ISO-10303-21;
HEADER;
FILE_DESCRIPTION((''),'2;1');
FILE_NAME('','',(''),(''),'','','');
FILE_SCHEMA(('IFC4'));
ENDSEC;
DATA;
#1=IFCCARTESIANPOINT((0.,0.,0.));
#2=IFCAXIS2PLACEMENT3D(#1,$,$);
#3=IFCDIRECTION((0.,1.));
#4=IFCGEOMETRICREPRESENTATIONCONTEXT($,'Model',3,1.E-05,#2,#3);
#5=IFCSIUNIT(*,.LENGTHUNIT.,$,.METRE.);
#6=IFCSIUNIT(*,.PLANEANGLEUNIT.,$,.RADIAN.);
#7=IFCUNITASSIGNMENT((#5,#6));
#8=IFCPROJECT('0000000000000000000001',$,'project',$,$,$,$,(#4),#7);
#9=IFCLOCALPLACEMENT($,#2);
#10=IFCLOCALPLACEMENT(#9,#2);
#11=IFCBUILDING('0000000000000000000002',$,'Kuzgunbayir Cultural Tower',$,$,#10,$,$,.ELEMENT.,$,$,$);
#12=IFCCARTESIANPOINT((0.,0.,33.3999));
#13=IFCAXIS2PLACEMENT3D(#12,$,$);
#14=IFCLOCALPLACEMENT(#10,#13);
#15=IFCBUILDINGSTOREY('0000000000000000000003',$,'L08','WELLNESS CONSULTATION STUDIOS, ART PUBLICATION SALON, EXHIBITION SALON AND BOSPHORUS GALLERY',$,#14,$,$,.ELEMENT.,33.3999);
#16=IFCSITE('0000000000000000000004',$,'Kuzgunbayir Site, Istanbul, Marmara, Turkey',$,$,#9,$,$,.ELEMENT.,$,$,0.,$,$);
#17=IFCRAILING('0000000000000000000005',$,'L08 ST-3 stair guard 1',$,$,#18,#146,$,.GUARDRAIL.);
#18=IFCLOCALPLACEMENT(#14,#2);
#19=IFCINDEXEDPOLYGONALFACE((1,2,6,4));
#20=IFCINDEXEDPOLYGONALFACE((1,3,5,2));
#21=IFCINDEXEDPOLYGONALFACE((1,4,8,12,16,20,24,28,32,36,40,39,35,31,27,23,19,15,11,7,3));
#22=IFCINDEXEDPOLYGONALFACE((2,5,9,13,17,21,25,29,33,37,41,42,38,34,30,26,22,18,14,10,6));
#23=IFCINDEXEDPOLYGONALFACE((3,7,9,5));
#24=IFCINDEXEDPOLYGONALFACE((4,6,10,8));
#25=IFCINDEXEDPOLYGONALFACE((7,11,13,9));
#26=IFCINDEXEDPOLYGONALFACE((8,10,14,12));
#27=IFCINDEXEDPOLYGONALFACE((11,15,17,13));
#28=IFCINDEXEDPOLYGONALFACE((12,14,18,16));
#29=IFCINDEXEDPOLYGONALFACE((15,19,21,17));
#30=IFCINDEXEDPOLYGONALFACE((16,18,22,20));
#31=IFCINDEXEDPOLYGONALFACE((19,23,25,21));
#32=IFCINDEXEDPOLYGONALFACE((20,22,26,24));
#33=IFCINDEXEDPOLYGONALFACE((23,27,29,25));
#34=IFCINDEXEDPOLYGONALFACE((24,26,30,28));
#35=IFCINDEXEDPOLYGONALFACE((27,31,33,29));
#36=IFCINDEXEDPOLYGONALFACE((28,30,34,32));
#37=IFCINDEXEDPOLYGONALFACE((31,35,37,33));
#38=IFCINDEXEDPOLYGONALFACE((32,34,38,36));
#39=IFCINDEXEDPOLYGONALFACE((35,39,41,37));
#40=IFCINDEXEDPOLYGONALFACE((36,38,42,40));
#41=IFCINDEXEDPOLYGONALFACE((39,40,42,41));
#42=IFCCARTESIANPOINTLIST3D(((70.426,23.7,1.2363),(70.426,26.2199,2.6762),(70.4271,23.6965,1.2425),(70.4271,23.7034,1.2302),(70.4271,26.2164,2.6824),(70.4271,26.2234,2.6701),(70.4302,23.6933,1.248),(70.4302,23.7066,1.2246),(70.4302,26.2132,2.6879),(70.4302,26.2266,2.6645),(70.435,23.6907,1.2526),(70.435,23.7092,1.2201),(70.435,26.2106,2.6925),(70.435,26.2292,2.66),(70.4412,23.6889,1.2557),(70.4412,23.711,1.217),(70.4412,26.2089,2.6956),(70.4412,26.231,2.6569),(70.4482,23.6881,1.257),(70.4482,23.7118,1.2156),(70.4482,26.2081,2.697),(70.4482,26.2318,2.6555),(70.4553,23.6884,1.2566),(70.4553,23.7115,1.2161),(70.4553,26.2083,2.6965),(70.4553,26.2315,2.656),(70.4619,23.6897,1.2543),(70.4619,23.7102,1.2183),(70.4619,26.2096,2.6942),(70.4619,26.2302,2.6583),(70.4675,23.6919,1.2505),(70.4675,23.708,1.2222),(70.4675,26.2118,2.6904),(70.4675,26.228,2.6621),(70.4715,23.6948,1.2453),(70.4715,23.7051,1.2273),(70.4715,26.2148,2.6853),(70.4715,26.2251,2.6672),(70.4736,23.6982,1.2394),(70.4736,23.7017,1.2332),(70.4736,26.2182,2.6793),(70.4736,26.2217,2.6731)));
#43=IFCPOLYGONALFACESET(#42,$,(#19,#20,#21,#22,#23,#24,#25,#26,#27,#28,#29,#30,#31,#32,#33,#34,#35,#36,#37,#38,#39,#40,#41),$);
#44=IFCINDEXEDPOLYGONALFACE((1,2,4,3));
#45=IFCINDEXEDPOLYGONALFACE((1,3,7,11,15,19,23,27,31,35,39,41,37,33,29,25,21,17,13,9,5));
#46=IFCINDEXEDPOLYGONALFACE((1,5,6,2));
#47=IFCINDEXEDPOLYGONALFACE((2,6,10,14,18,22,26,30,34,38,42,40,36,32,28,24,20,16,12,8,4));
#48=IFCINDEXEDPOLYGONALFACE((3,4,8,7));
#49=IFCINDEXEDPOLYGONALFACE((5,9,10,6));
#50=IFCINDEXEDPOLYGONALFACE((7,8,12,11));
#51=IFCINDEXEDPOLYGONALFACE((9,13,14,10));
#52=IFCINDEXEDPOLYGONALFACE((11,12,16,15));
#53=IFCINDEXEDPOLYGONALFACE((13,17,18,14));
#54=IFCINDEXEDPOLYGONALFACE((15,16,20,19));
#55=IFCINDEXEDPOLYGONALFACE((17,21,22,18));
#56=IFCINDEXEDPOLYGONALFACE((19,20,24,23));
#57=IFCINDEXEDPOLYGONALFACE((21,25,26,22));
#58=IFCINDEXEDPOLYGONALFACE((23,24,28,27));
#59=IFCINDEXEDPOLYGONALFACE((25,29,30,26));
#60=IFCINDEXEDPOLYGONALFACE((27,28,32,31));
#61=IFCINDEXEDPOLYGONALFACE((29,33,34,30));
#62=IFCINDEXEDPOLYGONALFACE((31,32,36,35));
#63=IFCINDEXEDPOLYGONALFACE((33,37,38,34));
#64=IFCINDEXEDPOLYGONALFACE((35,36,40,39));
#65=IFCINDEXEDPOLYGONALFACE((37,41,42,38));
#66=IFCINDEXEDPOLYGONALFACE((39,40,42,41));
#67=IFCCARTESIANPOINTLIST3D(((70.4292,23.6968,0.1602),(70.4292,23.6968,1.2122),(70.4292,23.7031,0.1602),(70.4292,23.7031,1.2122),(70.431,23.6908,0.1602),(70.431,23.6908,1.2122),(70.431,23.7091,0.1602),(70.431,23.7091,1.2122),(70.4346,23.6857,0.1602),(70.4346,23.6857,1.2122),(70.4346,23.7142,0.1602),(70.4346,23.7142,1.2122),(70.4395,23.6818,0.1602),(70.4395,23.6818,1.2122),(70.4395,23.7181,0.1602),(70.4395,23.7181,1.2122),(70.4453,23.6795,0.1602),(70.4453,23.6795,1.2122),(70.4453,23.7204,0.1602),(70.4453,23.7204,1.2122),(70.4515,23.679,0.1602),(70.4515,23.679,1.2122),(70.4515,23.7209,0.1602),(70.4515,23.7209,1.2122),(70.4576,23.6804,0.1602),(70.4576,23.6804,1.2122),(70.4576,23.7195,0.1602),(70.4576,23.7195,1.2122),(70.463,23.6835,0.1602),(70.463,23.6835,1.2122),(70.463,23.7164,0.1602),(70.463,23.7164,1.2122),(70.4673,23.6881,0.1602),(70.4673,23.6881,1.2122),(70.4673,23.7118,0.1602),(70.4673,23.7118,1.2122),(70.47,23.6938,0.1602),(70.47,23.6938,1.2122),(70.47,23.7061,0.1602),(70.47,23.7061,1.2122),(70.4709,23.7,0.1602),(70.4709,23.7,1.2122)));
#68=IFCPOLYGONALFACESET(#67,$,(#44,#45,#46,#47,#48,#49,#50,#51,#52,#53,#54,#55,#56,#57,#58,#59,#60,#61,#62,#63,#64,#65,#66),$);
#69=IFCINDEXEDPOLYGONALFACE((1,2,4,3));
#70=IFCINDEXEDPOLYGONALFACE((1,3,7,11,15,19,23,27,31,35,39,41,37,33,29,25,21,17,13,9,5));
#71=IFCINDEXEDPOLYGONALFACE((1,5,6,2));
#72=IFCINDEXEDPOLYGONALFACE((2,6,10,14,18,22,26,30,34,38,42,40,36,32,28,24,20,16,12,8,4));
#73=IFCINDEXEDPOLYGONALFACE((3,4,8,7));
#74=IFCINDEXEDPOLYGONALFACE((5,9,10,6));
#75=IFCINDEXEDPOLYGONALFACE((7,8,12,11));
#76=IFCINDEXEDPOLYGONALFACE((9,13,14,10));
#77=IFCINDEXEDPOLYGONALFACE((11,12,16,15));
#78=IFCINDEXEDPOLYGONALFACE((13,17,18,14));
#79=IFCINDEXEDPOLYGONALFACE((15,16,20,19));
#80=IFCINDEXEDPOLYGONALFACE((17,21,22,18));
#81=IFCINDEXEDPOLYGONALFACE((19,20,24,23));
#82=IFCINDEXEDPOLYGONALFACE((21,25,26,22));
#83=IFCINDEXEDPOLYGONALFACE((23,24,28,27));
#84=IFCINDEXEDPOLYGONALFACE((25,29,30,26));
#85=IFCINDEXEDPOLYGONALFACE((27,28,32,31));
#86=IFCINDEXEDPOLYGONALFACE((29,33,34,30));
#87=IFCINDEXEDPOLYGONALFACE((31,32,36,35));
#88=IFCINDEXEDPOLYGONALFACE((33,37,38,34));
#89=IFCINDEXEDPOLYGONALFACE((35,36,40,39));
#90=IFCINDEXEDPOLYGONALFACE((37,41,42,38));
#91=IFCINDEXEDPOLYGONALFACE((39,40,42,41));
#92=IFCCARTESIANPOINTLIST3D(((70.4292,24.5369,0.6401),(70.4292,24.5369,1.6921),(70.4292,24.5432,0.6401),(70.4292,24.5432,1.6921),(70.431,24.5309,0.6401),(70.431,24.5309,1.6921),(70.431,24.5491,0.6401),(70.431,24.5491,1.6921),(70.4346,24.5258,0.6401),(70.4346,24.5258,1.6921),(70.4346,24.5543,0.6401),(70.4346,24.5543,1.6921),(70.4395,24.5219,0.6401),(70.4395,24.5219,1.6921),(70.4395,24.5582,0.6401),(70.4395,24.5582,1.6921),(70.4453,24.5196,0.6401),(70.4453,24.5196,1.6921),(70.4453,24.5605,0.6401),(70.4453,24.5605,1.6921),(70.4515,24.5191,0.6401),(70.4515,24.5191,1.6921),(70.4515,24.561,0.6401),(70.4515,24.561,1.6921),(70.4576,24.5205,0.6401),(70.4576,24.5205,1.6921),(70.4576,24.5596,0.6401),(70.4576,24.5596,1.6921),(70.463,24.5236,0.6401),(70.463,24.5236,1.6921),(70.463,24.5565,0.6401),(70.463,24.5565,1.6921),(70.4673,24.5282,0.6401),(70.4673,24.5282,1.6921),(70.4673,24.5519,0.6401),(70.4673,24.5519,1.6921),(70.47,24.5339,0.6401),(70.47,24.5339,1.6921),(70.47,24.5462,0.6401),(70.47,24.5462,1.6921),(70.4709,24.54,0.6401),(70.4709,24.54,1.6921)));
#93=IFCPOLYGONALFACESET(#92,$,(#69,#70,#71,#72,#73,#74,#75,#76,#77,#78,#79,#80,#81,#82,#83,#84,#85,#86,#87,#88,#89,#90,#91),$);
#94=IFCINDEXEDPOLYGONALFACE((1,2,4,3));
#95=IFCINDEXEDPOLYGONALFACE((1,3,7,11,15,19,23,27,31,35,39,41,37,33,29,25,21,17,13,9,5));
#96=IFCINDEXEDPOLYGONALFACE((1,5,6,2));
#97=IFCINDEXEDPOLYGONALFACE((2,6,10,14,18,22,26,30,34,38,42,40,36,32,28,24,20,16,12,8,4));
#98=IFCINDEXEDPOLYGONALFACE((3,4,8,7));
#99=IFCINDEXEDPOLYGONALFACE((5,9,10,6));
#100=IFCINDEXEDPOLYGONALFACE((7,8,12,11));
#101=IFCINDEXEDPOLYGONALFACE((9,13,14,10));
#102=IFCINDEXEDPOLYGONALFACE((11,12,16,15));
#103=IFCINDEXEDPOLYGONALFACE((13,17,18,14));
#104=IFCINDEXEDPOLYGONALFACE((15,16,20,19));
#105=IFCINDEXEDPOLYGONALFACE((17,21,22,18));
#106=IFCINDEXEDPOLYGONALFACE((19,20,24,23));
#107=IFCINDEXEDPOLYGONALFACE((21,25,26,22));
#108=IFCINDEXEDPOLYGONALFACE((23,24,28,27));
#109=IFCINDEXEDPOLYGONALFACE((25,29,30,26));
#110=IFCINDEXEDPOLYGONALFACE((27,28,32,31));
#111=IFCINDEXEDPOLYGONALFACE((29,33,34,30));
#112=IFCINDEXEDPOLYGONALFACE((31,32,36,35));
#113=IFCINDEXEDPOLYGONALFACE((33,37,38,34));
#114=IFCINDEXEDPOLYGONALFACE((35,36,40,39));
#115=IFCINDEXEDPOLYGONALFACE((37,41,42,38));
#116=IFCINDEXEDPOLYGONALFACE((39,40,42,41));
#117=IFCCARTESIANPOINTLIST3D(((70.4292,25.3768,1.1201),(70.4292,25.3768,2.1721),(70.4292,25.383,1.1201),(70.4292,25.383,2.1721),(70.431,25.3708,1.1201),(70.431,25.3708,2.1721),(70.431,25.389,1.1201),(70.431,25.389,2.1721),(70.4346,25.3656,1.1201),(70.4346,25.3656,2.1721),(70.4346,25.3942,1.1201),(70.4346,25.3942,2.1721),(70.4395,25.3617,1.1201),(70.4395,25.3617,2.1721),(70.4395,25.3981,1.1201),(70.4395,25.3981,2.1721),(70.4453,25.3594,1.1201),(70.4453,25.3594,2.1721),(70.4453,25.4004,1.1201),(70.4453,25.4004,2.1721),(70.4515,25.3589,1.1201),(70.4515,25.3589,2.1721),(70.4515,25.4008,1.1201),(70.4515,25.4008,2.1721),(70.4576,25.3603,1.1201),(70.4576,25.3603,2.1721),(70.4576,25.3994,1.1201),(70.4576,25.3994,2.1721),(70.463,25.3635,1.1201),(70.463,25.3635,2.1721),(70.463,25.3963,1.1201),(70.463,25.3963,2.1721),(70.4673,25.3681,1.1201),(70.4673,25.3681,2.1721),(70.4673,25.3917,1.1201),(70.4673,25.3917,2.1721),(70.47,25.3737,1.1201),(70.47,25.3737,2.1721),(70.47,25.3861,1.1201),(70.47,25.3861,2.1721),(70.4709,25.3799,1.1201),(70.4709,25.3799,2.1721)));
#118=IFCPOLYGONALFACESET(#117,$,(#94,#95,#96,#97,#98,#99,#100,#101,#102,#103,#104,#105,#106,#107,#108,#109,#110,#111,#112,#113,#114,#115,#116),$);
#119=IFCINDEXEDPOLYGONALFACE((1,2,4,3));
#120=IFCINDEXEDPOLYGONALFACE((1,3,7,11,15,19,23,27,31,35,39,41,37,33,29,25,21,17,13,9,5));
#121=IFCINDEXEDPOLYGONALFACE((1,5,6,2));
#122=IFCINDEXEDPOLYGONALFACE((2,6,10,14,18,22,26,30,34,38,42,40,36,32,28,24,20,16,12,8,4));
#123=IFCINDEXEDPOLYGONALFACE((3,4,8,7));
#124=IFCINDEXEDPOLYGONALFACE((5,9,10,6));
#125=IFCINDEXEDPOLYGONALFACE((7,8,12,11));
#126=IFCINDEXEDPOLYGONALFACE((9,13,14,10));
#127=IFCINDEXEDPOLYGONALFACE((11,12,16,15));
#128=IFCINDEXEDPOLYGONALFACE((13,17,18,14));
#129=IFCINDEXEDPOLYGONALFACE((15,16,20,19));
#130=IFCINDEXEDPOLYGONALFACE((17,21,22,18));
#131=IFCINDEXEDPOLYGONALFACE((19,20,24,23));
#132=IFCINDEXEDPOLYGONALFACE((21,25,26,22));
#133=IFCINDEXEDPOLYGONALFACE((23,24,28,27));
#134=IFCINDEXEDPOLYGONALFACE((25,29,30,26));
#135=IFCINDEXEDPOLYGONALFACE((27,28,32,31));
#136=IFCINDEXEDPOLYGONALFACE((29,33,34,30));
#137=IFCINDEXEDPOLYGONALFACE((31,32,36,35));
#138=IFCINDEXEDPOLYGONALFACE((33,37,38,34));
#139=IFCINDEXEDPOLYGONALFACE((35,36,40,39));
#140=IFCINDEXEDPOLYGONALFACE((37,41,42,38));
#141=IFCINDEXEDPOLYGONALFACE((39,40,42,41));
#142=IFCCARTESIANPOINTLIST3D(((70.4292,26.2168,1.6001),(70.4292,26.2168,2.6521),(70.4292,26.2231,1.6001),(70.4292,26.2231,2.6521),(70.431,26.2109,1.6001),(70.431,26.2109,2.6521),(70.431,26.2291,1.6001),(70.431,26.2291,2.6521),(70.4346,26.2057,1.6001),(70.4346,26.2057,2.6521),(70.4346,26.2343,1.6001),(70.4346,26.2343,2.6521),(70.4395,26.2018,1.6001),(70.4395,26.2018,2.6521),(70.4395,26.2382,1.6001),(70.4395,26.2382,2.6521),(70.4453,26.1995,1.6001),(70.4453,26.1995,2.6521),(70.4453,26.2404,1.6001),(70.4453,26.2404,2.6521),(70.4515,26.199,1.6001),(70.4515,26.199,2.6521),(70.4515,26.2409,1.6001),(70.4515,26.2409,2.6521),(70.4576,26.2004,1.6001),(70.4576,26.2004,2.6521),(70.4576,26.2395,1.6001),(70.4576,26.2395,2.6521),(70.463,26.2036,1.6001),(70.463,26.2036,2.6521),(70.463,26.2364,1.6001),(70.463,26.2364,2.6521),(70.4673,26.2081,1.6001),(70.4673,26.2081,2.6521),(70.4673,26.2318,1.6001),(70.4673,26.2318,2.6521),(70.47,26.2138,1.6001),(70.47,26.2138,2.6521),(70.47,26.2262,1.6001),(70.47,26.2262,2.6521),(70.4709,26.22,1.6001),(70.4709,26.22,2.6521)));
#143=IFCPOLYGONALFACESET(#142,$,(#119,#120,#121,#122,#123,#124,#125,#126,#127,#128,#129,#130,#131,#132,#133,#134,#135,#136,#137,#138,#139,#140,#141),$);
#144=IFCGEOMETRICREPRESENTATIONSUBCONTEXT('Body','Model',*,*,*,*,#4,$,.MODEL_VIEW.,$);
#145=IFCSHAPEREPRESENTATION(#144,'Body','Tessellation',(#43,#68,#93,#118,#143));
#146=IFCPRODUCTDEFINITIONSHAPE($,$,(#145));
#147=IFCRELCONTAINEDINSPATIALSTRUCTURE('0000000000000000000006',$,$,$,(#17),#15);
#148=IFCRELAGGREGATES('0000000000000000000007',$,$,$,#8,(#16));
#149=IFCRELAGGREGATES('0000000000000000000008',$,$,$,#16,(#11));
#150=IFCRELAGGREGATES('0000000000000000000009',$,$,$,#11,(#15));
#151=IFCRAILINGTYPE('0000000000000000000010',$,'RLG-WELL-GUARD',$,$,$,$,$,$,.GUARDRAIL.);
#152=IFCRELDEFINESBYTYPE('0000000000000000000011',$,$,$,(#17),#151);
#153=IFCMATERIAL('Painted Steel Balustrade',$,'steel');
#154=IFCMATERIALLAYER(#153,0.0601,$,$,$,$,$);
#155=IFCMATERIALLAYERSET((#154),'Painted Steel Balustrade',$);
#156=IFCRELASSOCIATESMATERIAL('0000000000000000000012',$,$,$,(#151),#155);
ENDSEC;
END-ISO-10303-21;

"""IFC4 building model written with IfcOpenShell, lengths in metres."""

from ifc_helpers import new_model, si_unit, direction, frame, origin, origin_2d, place, context, subcontext, project, spatial, circle, extrude, material, layer, layer_set, type_object, element, save


model = new_model("IFC4")

# Units and contexts
model_context = context("Model", 3, precision=1e-05, world=origin(), true_north=direction((0.0, 1.0)))
body_context = subcontext(model_context, "Body", "Model", "MODEL_VIEW")
ifc_project = project(units=[si_unit("LENGTHUNIT", "METRE"), si_unit("PLANEANGLEUNIT", "RADIAN")], contexts=[model_context])

# Site, building, storey
site_placement = place(None, origin())
site = spatial("IfcSite", under=ifc_project, at=site_placement, Name="Kuzgunbayir Site, Istanbul, Marmara, Turkey", CompositionType="ELEMENT", RefElevation=0.0)
building_placement = place(site_placement, origin())
building = spatial("IfcBuilding", under=site, at=building_placement, Name="Kuzgunbayir Cultural Tower", CompositionType="ELEMENT")
storey_placement = place(building_placement, frame((0.0, 0.0, 33.3999)))
storey = spatial("IfcBuildingStorey", under=building, at=storey_placement, Name="L08", Description="WELLNESS CONSULTATION STUDIOS, ART PUBLICATION SALON, EXHIBITION SALON AND BOSPHORUS GALLERY", CompositionType="ELEMENT", Elevation=33.3999)

# Railing
ifc_material_1 = material(Name="Painted Steel Balustrade", Category="steel")
ifc_layer_1 = layer(ifc_material_1, 0.0601)
ifc_layer_set_1 = layer_set([ifc_layer_1], Name="Painted Steel Balustrade")
railing_type_1 = type_object("IfcRailingType", Name="RLG-WELL-GUARD", PredefinedType="GUARDRAIL", material=ifc_layer_set_1)
railing_1_placement = place(storey_placement, frame((70.45, 23.7, 0.1602)))
element("IfcRailing", 1, at=railing_1_placement, inside=storey, type_object=railing_type_1, Name="L08 ST-3 stair guard 1", PredefinedType="GUARDRAIL", context=body_context, shape_type="SweptSolid", body=[
    extrude(circle(Radius=0.0239, at=origin_2d()), frame((0.0, 0.0, 1.0762), z_axis=(0.0, 0.868253, 0.496121), x_axis=(-1.0, 0.0, 0.0)), (0.0, 0.0, 1.0), 2.9023),
    extrude(circle(Radius=0.021, at=origin_2d()), origin(), (0.0, 0.0, 1.0), 1.052),
    extrude(circle(Radius=0.021, at=origin_2d()), frame((0.0, 0.8401, 0.48)), (0.0, 0.0, 1.0), 1.052),
    extrude(circle(Radius=0.021, at=origin_2d()), frame((0.0, 1.6799, 0.96)), (0.0, 0.0, 1.0), 1.052),
    extrude(circle(Radius=0.021, at=origin_2d()), frame((0.0, 2.52, 1.4399)), (0.0, 0.0, 1.0), 1.052),
])

save(model, "model.ifc")
